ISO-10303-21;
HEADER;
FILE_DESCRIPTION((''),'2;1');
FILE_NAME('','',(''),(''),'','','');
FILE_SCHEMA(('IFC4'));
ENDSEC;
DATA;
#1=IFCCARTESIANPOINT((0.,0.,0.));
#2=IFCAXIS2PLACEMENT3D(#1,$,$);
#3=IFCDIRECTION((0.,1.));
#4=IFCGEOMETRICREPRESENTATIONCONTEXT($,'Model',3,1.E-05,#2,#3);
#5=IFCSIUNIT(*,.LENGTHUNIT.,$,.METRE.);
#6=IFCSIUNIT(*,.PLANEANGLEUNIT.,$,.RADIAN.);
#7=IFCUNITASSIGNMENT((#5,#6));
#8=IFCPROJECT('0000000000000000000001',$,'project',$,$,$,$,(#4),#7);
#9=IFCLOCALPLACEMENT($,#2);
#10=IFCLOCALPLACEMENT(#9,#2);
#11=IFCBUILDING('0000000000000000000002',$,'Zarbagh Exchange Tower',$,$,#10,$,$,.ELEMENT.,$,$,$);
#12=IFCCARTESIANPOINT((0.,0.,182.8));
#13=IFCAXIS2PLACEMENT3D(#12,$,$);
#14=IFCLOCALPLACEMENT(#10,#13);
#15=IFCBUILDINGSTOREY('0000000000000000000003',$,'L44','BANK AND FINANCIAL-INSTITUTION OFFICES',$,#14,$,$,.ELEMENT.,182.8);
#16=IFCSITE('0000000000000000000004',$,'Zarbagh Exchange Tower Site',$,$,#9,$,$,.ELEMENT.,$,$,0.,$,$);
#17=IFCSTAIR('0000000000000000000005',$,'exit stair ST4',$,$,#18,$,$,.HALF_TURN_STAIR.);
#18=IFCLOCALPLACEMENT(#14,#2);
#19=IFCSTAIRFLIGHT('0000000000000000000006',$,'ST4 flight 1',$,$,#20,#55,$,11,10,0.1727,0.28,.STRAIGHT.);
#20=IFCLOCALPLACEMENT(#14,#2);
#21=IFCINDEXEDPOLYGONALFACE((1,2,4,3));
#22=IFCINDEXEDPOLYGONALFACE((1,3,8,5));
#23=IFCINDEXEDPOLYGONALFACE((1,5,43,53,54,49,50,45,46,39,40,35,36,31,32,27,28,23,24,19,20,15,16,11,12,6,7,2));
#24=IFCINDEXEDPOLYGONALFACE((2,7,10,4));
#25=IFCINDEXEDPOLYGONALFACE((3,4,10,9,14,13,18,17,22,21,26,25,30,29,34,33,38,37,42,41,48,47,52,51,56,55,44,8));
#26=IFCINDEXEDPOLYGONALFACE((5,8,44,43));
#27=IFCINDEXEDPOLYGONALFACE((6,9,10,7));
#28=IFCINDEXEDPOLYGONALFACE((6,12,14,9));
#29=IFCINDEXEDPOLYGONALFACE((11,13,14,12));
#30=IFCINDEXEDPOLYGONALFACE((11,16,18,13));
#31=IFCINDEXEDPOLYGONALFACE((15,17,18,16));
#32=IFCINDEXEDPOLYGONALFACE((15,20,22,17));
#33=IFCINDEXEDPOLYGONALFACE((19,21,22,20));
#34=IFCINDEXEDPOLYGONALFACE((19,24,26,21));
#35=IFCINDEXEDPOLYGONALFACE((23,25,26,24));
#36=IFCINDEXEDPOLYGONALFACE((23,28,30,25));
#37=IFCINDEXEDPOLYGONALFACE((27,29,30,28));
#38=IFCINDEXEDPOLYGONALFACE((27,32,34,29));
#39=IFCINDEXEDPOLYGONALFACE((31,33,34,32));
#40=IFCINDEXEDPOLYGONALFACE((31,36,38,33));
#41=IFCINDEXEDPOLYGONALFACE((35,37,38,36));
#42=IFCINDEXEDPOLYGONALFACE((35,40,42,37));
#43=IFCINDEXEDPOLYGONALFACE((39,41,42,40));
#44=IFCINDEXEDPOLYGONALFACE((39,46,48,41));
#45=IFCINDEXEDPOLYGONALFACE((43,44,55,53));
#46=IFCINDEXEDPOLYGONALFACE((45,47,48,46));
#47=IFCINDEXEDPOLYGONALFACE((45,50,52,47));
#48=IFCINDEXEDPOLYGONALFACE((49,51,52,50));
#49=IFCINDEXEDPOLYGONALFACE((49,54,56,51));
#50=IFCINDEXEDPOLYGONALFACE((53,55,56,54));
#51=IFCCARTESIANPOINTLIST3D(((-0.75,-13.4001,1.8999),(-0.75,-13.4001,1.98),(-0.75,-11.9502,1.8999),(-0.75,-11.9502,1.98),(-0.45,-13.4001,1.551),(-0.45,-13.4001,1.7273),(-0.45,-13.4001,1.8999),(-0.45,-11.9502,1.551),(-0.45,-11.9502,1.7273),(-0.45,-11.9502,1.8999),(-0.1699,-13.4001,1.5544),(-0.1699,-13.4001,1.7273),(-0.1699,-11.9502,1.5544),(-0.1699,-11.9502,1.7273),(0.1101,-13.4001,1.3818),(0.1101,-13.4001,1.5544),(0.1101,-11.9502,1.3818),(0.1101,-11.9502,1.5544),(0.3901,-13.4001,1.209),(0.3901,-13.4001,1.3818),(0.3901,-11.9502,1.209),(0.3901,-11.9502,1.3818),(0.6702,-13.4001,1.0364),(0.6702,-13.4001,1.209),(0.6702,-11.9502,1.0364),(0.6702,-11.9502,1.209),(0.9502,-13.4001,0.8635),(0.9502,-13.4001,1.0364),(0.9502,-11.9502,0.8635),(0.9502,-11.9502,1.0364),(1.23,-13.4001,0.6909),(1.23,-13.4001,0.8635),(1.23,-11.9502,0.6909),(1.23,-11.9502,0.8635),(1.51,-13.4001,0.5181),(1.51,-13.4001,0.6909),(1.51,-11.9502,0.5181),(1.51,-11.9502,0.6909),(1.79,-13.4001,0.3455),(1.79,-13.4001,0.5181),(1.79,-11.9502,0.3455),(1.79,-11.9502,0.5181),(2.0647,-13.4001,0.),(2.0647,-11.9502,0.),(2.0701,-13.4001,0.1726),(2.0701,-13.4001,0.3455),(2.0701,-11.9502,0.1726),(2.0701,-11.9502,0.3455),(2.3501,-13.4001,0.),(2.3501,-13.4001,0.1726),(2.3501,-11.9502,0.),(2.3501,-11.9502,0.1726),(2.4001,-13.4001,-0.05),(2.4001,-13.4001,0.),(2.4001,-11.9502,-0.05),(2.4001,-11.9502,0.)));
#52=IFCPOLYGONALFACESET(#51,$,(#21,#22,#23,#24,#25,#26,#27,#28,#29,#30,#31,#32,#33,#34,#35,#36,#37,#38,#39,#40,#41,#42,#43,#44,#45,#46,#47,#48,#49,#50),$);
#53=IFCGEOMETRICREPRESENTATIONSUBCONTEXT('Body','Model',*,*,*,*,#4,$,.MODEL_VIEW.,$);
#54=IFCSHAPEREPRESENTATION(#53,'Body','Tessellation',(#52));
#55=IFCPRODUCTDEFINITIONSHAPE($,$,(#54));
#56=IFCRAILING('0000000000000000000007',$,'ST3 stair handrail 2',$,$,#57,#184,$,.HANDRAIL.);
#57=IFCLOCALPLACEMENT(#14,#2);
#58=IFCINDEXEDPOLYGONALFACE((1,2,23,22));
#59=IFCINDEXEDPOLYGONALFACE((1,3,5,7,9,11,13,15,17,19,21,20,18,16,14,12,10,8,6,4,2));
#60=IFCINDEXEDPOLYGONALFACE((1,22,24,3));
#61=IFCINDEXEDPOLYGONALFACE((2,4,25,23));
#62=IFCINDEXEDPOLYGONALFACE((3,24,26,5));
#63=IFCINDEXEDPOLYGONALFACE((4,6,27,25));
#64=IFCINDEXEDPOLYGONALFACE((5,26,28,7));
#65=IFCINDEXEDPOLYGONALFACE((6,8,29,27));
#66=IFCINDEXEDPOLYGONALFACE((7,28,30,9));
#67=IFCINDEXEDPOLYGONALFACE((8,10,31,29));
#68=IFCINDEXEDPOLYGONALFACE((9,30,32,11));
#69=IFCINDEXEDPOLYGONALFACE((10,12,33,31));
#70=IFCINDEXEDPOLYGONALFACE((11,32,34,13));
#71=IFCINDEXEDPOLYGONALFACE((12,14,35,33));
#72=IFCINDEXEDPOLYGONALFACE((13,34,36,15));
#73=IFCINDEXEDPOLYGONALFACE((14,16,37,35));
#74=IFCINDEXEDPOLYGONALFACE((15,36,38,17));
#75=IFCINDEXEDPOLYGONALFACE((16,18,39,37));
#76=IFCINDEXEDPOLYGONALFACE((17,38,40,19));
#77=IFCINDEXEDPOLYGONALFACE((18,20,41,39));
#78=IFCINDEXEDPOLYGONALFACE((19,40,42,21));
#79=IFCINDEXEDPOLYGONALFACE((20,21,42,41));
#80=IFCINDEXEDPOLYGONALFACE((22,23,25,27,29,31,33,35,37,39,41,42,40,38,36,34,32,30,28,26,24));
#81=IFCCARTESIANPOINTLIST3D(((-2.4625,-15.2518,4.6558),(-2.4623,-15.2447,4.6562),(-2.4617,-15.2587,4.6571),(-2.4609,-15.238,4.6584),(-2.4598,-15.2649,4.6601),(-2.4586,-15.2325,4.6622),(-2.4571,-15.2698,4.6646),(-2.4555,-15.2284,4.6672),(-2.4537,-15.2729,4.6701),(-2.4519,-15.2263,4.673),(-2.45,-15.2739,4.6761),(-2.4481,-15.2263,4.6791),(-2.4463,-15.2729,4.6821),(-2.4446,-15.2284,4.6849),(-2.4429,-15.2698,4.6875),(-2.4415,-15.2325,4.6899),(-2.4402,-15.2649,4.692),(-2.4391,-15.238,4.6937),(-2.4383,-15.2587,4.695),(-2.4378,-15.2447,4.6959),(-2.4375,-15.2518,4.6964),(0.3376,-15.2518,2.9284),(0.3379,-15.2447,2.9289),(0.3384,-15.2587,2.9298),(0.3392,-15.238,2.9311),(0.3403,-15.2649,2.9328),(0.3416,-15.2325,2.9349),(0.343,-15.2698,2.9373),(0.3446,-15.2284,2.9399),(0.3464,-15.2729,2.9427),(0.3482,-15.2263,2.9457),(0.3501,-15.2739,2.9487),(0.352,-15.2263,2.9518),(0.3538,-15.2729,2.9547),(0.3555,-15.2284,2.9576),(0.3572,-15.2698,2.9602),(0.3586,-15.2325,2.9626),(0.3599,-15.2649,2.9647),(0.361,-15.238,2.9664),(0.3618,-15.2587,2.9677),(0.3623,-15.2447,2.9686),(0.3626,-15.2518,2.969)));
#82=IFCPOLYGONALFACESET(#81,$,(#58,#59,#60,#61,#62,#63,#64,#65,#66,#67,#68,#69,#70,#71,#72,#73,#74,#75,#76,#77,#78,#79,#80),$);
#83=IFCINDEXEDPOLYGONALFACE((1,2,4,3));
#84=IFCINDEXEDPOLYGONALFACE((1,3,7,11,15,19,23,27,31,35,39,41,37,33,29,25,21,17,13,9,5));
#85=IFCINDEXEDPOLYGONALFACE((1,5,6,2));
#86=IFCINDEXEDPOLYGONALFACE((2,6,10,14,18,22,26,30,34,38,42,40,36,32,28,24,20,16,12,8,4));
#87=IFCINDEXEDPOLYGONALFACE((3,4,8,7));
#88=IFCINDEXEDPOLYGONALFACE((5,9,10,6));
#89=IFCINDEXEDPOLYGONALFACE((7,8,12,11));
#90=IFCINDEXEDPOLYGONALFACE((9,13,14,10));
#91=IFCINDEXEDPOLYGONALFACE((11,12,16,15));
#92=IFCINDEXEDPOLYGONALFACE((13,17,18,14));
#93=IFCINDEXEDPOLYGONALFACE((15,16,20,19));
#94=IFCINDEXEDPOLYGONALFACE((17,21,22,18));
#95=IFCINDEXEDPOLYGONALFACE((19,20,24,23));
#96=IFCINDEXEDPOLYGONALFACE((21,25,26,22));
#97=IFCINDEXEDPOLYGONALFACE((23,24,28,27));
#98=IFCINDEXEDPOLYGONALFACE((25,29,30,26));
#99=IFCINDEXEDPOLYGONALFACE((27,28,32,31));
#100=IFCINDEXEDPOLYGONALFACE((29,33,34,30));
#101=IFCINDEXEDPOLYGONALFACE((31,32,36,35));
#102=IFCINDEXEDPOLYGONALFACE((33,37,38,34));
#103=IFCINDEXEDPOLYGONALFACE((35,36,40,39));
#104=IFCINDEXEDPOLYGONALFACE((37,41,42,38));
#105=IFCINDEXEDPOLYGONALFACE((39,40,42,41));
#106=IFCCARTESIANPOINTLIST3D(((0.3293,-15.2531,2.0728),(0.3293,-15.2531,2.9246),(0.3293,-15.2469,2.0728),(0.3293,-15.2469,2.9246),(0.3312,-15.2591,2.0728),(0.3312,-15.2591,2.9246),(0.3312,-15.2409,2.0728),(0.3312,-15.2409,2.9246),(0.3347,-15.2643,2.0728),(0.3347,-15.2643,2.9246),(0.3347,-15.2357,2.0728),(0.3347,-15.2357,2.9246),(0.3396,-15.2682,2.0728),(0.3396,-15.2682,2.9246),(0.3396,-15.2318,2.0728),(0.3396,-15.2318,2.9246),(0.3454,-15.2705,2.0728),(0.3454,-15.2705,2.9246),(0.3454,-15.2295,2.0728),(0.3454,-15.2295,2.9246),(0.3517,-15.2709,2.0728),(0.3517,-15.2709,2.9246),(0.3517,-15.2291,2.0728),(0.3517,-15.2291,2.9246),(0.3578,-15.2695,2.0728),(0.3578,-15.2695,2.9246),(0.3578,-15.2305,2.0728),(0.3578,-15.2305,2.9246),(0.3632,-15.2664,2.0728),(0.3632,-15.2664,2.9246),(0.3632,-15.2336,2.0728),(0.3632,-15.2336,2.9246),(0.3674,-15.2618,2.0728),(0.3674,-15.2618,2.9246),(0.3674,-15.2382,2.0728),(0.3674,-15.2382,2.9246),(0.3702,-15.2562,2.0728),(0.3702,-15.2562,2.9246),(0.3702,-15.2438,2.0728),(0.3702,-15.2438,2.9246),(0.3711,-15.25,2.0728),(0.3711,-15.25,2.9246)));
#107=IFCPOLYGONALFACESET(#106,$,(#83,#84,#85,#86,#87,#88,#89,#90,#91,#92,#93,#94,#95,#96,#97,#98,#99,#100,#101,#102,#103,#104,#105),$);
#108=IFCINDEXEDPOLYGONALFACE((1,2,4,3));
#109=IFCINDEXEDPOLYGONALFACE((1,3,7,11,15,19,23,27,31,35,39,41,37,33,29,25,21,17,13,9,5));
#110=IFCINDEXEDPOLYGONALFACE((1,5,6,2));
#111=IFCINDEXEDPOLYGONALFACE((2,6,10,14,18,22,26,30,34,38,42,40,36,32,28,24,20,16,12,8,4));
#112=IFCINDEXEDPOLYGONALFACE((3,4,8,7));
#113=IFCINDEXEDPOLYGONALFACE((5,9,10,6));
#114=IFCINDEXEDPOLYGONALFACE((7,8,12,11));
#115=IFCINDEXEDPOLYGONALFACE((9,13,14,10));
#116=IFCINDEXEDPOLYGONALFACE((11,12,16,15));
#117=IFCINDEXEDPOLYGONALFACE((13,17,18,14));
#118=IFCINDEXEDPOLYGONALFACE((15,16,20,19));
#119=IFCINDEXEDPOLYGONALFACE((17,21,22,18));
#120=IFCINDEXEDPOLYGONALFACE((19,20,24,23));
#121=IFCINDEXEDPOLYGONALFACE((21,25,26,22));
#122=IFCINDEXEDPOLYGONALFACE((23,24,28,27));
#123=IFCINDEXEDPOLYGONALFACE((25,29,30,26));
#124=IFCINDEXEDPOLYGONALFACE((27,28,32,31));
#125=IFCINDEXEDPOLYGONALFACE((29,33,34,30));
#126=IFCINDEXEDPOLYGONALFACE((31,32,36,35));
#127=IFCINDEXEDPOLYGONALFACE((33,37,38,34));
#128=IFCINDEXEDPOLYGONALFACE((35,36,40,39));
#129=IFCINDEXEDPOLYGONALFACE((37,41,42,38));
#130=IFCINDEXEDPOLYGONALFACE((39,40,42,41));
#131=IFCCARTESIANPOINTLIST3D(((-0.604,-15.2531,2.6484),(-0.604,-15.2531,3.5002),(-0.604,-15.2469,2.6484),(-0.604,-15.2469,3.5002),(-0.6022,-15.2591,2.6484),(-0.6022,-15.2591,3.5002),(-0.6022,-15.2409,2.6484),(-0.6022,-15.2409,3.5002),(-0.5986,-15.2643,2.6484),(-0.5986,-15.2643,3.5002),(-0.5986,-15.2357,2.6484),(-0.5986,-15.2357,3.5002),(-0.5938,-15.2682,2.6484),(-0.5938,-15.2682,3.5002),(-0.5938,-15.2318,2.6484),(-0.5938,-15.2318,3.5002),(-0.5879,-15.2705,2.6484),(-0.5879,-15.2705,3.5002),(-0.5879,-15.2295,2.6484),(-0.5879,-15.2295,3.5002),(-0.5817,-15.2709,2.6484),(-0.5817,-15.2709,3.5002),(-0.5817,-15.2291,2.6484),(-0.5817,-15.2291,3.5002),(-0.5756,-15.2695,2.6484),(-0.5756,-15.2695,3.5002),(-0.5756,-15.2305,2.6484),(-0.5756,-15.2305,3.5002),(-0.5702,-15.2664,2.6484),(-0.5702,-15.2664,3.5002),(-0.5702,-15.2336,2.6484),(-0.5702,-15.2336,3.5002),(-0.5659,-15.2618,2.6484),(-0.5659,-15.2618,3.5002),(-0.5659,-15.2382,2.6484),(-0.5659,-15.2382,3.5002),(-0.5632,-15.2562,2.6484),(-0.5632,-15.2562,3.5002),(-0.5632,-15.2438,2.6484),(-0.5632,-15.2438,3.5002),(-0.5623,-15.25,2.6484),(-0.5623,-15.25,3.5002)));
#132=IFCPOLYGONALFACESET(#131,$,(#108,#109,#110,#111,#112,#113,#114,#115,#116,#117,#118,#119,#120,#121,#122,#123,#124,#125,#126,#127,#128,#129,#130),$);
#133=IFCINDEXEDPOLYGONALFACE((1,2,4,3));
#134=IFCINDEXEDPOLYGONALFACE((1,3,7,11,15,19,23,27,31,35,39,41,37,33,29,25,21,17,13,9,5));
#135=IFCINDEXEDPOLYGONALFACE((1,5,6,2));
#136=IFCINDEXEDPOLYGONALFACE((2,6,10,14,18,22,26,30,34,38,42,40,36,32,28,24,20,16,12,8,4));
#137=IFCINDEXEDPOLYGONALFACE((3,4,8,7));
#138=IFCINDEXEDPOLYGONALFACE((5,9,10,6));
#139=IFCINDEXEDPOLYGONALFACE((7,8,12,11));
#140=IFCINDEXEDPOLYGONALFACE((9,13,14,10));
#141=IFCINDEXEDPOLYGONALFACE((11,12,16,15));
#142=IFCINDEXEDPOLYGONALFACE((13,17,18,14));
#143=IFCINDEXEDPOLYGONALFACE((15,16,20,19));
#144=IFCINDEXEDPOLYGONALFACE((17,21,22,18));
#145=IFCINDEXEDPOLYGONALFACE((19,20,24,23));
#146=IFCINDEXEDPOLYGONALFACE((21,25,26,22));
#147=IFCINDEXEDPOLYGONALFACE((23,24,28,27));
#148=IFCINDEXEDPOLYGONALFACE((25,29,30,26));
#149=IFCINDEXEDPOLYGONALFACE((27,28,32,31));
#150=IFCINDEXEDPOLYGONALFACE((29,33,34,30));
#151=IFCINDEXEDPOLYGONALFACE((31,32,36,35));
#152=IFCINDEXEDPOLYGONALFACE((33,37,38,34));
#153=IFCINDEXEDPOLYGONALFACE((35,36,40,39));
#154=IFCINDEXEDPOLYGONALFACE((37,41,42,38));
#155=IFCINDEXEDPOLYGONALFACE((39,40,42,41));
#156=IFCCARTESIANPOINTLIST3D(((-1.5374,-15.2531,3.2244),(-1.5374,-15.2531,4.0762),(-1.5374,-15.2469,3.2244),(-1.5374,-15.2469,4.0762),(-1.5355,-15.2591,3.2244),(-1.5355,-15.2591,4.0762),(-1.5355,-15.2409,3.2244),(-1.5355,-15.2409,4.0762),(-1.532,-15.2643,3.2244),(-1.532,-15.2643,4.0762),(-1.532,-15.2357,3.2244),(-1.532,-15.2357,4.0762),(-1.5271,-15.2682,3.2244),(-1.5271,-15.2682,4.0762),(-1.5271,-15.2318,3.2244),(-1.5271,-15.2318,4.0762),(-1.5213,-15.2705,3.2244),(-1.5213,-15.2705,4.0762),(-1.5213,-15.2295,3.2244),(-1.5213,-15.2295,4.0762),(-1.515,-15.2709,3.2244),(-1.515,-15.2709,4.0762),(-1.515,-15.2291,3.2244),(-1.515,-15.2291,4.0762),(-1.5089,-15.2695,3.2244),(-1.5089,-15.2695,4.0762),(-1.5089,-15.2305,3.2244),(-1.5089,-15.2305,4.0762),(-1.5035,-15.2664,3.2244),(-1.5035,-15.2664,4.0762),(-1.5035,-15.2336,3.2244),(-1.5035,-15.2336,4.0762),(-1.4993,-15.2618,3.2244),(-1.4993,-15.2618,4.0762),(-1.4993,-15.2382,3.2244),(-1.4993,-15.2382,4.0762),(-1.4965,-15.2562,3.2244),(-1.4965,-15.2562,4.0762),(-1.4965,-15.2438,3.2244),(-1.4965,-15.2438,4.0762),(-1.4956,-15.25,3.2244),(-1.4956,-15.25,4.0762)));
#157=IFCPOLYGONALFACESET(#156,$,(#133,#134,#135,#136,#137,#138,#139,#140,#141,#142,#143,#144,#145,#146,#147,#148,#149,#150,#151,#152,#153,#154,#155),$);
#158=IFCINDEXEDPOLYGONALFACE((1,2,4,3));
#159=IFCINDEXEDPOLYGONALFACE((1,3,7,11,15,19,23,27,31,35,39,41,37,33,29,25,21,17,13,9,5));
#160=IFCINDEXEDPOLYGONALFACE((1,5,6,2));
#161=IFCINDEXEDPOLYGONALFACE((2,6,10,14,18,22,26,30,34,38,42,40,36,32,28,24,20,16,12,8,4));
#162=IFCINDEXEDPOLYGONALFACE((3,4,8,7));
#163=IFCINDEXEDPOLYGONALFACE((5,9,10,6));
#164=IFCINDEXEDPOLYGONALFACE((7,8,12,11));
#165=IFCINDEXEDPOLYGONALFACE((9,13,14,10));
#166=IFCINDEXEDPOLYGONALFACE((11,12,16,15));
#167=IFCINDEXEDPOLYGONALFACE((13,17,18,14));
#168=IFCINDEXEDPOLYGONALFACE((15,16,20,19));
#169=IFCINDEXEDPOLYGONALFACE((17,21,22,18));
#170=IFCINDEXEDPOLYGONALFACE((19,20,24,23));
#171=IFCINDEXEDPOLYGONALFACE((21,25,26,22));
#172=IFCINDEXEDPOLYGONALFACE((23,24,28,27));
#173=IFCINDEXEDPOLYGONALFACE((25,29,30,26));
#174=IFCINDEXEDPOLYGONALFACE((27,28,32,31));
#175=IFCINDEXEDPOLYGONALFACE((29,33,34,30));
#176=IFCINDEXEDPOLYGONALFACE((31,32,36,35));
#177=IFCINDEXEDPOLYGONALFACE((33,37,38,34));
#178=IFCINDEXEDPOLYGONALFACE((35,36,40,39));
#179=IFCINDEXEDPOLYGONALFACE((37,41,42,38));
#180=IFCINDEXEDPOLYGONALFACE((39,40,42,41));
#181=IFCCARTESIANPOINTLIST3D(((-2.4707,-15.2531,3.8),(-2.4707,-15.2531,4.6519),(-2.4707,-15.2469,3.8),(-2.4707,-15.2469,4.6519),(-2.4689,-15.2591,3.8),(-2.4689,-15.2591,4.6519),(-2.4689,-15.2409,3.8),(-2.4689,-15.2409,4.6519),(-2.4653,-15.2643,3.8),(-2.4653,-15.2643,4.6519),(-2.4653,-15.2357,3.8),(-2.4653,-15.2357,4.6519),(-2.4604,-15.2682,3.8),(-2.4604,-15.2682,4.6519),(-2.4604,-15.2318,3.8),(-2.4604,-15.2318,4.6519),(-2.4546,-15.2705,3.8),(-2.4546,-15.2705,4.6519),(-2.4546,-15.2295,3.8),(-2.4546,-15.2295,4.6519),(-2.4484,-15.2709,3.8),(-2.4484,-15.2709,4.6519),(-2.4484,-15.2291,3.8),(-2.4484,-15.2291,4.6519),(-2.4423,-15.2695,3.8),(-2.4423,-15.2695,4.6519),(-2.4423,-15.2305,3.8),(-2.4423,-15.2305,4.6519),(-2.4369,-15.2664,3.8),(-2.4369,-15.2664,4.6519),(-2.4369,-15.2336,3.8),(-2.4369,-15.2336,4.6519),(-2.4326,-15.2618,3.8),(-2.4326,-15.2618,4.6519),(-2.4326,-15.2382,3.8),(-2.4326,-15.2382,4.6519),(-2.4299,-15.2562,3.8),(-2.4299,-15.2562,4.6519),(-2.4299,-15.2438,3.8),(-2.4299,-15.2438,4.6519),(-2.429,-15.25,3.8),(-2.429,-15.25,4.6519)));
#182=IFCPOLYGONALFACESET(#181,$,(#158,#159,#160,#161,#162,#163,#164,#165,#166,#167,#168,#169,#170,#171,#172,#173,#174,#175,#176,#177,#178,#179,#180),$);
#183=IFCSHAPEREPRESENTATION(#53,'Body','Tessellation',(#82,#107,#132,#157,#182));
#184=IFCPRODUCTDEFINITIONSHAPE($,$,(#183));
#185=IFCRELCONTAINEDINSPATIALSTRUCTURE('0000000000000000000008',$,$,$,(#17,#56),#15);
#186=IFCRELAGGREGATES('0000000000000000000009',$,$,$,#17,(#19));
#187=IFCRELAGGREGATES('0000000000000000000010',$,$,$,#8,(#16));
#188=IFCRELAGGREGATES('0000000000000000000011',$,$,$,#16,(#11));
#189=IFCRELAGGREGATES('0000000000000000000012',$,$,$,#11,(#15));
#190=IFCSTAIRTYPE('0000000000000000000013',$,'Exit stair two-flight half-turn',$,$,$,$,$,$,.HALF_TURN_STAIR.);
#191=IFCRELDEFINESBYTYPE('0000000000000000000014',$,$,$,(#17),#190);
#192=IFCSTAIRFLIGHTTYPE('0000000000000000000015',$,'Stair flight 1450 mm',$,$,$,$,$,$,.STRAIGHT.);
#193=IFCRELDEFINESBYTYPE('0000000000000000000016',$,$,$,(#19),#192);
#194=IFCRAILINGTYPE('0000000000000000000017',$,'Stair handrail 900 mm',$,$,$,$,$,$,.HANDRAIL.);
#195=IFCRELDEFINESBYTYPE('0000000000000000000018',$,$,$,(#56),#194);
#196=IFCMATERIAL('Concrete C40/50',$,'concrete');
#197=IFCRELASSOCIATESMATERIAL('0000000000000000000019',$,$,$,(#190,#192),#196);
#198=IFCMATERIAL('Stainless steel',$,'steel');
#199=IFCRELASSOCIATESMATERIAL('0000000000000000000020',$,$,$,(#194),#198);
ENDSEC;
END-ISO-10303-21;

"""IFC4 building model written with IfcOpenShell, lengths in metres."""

from ifc_helpers import new_model, si_unit, direction, frame, origin, origin_2d, place, context, subcontext, project, spatial, polyline, circle, outline, extrude, material, type_object, element, aggregate, save


model = new_model("IFC4")

# Units and contexts
model_context = context("Model", 3, precision=1e-05, world=origin(), true_north=direction((0.0, 1.0)))
body_context = subcontext(model_context, "Body", "Model", "MODEL_VIEW")
ifc_project = project(units=[si_unit("LENGTHUNIT", "METRE"), si_unit("PLANEANGLEUNIT", "RADIAN")], contexts=[model_context])

# Site, building, storey
site_placement = place(None, origin())
site = spatial("IfcSite", under=ifc_project, at=site_placement, Name="Zarbagh Exchange Tower Site", CompositionType="ELEMENT", RefElevation=0.0)
building_placement = place(site_placement, origin())
building = spatial("IfcBuilding", under=site, at=building_placement, Name="Zarbagh Exchange Tower", CompositionType="ELEMENT")
storey_placement = place(building_placement, frame((0.0, 0.0, 182.8)))
storey = spatial("IfcBuildingStorey", under=building, at=storey_placement, Name="L44", Description="BANK AND FINANCIAL-INSTITUTION OFFICES", CompositionType="ELEMENT", Elevation=182.8)

# Shared definitions
ifc_material_1 = material(Name="Stainless steel", Category="steel")

# Stair, stair flight
ifc_material_2 = material(Name="Concrete C40/50", Category="concrete")
stair_type = type_object("IfcStairType", Name="Exit stair two-flight half-turn", PredefinedType="HALF_TURN_STAIR", material=ifc_material_2)
stair_1_placement = place(storey_placement, origin())
stair_1 = element("IfcStair", 1, at=stair_1_placement, inside=storey, type_object=stair_type, Name="exit stair ST4", PredefinedType="HALF_TURN_STAIR")
stair_flight_type_1 = type_object("IfcStairFlightType", Name="Stair flight 1450 mm", PredefinedType="STRAIGHT", material=ifc_material_2)
stair_flight_1_placement = place(storey_placement, frame((2.3501, -12.675, 0.0), z_axis=(0.0, 0.0, 1.0), x_axis=(-1.0, 0.0, 0.0)))
stair_flight_1 = element("IfcStairFlight", 2, at=stair_flight_1_placement, type_object=stair_flight_type_1, Name="ST4 flight 1", NumberOfRisers=11, NumberOfTreads=10, PredefinedType="STRAIGHT", RiserHeight=0.1727, TreadLength=0.28, context=body_context, shape_type="SweptSolid", body=[
    extrude(outline(polyline([(-0.05, -0.05), (-0.05, 0.0), (0.0, 0.0), (0.0, 0.1726), (0.28, 0.1726), (0.28, 0.3455), (0.5601, 0.3455), (0.5601, 0.5181), (0.8401, 0.5181), (0.8401, 0.6909), (1.1201, 0.6909), (1.1201, 0.8635), (1.3999, 0.8635), (1.3999, 1.0364), (1.6799, 1.0364), (1.6799, 1.209), (1.96, 1.209), (1.96, 1.3818), (2.24, 1.3818), (2.24, 1.5544), (2.52, 1.5544), (2.52, 1.7273), (2.8, 1.7273), (2.8, 1.8999), (3.1001, 1.98), (3.1001, 1.8999), (2.8, 1.551), (0.2854, 0.0), (-0.05, -0.05)])), frame((0.0, 0.7251, 0.0), z_axis=(0.0, -1.0, 0.0), x_axis=(1.0, 0.0, 0.0)), (0.0, 0.0, 1.0), 1.45),
])
aggregate(stair_1, [stair_flight_1])

# Railing
railing_type_1 = type_object("IfcRailingType", Name="Stair handrail 900 mm", PredefinedType="HANDRAIL", material=ifc_material_1)
for number, where, name in (
    (3, (0.3501, -15.25, 2.0728), "ST3 stair handrail 2"),
):
    element("IfcRailing", number, at=place(storey_placement, frame(where)), inside=storey, type_object=railing_type_1, Name=name, PredefinedType="HANDRAIL", context=body_context, shape_type="SweptSolid", body=[
        extrude(circle(Radius=0.0239, at=origin_2d()), frame((0.0, 0.0, 0.876), z_axis=(-0.85109, 0.0, 0.52502), x_axis=(0.0, -1.0, 0.0)), (0.0, 0.0, 1.0), 3.29),
        extrude(circle(Radius=0.021, at=origin_2d()), origin(), (0.0, 0.0, 1.0), 0.8518),
        extrude(circle(Radius=0.021, at=origin_2d()), frame((-0.9333, 0.0, 0.5757)), (0.0, 0.0, 1.0), 0.8518),
        extrude(circle(Radius=0.021, at=origin_2d()), frame((-1.8667, 0.0, 1.1516)), (0.0, 0.0, 1.0), 0.8518),
        extrude(circle(Radius=0.021, at=origin_2d()), frame((-2.8, 0.0, 1.7273)), (0.0, 0.0, 1.0), 0.8518),
    ])

save(model, "model.ifc")
